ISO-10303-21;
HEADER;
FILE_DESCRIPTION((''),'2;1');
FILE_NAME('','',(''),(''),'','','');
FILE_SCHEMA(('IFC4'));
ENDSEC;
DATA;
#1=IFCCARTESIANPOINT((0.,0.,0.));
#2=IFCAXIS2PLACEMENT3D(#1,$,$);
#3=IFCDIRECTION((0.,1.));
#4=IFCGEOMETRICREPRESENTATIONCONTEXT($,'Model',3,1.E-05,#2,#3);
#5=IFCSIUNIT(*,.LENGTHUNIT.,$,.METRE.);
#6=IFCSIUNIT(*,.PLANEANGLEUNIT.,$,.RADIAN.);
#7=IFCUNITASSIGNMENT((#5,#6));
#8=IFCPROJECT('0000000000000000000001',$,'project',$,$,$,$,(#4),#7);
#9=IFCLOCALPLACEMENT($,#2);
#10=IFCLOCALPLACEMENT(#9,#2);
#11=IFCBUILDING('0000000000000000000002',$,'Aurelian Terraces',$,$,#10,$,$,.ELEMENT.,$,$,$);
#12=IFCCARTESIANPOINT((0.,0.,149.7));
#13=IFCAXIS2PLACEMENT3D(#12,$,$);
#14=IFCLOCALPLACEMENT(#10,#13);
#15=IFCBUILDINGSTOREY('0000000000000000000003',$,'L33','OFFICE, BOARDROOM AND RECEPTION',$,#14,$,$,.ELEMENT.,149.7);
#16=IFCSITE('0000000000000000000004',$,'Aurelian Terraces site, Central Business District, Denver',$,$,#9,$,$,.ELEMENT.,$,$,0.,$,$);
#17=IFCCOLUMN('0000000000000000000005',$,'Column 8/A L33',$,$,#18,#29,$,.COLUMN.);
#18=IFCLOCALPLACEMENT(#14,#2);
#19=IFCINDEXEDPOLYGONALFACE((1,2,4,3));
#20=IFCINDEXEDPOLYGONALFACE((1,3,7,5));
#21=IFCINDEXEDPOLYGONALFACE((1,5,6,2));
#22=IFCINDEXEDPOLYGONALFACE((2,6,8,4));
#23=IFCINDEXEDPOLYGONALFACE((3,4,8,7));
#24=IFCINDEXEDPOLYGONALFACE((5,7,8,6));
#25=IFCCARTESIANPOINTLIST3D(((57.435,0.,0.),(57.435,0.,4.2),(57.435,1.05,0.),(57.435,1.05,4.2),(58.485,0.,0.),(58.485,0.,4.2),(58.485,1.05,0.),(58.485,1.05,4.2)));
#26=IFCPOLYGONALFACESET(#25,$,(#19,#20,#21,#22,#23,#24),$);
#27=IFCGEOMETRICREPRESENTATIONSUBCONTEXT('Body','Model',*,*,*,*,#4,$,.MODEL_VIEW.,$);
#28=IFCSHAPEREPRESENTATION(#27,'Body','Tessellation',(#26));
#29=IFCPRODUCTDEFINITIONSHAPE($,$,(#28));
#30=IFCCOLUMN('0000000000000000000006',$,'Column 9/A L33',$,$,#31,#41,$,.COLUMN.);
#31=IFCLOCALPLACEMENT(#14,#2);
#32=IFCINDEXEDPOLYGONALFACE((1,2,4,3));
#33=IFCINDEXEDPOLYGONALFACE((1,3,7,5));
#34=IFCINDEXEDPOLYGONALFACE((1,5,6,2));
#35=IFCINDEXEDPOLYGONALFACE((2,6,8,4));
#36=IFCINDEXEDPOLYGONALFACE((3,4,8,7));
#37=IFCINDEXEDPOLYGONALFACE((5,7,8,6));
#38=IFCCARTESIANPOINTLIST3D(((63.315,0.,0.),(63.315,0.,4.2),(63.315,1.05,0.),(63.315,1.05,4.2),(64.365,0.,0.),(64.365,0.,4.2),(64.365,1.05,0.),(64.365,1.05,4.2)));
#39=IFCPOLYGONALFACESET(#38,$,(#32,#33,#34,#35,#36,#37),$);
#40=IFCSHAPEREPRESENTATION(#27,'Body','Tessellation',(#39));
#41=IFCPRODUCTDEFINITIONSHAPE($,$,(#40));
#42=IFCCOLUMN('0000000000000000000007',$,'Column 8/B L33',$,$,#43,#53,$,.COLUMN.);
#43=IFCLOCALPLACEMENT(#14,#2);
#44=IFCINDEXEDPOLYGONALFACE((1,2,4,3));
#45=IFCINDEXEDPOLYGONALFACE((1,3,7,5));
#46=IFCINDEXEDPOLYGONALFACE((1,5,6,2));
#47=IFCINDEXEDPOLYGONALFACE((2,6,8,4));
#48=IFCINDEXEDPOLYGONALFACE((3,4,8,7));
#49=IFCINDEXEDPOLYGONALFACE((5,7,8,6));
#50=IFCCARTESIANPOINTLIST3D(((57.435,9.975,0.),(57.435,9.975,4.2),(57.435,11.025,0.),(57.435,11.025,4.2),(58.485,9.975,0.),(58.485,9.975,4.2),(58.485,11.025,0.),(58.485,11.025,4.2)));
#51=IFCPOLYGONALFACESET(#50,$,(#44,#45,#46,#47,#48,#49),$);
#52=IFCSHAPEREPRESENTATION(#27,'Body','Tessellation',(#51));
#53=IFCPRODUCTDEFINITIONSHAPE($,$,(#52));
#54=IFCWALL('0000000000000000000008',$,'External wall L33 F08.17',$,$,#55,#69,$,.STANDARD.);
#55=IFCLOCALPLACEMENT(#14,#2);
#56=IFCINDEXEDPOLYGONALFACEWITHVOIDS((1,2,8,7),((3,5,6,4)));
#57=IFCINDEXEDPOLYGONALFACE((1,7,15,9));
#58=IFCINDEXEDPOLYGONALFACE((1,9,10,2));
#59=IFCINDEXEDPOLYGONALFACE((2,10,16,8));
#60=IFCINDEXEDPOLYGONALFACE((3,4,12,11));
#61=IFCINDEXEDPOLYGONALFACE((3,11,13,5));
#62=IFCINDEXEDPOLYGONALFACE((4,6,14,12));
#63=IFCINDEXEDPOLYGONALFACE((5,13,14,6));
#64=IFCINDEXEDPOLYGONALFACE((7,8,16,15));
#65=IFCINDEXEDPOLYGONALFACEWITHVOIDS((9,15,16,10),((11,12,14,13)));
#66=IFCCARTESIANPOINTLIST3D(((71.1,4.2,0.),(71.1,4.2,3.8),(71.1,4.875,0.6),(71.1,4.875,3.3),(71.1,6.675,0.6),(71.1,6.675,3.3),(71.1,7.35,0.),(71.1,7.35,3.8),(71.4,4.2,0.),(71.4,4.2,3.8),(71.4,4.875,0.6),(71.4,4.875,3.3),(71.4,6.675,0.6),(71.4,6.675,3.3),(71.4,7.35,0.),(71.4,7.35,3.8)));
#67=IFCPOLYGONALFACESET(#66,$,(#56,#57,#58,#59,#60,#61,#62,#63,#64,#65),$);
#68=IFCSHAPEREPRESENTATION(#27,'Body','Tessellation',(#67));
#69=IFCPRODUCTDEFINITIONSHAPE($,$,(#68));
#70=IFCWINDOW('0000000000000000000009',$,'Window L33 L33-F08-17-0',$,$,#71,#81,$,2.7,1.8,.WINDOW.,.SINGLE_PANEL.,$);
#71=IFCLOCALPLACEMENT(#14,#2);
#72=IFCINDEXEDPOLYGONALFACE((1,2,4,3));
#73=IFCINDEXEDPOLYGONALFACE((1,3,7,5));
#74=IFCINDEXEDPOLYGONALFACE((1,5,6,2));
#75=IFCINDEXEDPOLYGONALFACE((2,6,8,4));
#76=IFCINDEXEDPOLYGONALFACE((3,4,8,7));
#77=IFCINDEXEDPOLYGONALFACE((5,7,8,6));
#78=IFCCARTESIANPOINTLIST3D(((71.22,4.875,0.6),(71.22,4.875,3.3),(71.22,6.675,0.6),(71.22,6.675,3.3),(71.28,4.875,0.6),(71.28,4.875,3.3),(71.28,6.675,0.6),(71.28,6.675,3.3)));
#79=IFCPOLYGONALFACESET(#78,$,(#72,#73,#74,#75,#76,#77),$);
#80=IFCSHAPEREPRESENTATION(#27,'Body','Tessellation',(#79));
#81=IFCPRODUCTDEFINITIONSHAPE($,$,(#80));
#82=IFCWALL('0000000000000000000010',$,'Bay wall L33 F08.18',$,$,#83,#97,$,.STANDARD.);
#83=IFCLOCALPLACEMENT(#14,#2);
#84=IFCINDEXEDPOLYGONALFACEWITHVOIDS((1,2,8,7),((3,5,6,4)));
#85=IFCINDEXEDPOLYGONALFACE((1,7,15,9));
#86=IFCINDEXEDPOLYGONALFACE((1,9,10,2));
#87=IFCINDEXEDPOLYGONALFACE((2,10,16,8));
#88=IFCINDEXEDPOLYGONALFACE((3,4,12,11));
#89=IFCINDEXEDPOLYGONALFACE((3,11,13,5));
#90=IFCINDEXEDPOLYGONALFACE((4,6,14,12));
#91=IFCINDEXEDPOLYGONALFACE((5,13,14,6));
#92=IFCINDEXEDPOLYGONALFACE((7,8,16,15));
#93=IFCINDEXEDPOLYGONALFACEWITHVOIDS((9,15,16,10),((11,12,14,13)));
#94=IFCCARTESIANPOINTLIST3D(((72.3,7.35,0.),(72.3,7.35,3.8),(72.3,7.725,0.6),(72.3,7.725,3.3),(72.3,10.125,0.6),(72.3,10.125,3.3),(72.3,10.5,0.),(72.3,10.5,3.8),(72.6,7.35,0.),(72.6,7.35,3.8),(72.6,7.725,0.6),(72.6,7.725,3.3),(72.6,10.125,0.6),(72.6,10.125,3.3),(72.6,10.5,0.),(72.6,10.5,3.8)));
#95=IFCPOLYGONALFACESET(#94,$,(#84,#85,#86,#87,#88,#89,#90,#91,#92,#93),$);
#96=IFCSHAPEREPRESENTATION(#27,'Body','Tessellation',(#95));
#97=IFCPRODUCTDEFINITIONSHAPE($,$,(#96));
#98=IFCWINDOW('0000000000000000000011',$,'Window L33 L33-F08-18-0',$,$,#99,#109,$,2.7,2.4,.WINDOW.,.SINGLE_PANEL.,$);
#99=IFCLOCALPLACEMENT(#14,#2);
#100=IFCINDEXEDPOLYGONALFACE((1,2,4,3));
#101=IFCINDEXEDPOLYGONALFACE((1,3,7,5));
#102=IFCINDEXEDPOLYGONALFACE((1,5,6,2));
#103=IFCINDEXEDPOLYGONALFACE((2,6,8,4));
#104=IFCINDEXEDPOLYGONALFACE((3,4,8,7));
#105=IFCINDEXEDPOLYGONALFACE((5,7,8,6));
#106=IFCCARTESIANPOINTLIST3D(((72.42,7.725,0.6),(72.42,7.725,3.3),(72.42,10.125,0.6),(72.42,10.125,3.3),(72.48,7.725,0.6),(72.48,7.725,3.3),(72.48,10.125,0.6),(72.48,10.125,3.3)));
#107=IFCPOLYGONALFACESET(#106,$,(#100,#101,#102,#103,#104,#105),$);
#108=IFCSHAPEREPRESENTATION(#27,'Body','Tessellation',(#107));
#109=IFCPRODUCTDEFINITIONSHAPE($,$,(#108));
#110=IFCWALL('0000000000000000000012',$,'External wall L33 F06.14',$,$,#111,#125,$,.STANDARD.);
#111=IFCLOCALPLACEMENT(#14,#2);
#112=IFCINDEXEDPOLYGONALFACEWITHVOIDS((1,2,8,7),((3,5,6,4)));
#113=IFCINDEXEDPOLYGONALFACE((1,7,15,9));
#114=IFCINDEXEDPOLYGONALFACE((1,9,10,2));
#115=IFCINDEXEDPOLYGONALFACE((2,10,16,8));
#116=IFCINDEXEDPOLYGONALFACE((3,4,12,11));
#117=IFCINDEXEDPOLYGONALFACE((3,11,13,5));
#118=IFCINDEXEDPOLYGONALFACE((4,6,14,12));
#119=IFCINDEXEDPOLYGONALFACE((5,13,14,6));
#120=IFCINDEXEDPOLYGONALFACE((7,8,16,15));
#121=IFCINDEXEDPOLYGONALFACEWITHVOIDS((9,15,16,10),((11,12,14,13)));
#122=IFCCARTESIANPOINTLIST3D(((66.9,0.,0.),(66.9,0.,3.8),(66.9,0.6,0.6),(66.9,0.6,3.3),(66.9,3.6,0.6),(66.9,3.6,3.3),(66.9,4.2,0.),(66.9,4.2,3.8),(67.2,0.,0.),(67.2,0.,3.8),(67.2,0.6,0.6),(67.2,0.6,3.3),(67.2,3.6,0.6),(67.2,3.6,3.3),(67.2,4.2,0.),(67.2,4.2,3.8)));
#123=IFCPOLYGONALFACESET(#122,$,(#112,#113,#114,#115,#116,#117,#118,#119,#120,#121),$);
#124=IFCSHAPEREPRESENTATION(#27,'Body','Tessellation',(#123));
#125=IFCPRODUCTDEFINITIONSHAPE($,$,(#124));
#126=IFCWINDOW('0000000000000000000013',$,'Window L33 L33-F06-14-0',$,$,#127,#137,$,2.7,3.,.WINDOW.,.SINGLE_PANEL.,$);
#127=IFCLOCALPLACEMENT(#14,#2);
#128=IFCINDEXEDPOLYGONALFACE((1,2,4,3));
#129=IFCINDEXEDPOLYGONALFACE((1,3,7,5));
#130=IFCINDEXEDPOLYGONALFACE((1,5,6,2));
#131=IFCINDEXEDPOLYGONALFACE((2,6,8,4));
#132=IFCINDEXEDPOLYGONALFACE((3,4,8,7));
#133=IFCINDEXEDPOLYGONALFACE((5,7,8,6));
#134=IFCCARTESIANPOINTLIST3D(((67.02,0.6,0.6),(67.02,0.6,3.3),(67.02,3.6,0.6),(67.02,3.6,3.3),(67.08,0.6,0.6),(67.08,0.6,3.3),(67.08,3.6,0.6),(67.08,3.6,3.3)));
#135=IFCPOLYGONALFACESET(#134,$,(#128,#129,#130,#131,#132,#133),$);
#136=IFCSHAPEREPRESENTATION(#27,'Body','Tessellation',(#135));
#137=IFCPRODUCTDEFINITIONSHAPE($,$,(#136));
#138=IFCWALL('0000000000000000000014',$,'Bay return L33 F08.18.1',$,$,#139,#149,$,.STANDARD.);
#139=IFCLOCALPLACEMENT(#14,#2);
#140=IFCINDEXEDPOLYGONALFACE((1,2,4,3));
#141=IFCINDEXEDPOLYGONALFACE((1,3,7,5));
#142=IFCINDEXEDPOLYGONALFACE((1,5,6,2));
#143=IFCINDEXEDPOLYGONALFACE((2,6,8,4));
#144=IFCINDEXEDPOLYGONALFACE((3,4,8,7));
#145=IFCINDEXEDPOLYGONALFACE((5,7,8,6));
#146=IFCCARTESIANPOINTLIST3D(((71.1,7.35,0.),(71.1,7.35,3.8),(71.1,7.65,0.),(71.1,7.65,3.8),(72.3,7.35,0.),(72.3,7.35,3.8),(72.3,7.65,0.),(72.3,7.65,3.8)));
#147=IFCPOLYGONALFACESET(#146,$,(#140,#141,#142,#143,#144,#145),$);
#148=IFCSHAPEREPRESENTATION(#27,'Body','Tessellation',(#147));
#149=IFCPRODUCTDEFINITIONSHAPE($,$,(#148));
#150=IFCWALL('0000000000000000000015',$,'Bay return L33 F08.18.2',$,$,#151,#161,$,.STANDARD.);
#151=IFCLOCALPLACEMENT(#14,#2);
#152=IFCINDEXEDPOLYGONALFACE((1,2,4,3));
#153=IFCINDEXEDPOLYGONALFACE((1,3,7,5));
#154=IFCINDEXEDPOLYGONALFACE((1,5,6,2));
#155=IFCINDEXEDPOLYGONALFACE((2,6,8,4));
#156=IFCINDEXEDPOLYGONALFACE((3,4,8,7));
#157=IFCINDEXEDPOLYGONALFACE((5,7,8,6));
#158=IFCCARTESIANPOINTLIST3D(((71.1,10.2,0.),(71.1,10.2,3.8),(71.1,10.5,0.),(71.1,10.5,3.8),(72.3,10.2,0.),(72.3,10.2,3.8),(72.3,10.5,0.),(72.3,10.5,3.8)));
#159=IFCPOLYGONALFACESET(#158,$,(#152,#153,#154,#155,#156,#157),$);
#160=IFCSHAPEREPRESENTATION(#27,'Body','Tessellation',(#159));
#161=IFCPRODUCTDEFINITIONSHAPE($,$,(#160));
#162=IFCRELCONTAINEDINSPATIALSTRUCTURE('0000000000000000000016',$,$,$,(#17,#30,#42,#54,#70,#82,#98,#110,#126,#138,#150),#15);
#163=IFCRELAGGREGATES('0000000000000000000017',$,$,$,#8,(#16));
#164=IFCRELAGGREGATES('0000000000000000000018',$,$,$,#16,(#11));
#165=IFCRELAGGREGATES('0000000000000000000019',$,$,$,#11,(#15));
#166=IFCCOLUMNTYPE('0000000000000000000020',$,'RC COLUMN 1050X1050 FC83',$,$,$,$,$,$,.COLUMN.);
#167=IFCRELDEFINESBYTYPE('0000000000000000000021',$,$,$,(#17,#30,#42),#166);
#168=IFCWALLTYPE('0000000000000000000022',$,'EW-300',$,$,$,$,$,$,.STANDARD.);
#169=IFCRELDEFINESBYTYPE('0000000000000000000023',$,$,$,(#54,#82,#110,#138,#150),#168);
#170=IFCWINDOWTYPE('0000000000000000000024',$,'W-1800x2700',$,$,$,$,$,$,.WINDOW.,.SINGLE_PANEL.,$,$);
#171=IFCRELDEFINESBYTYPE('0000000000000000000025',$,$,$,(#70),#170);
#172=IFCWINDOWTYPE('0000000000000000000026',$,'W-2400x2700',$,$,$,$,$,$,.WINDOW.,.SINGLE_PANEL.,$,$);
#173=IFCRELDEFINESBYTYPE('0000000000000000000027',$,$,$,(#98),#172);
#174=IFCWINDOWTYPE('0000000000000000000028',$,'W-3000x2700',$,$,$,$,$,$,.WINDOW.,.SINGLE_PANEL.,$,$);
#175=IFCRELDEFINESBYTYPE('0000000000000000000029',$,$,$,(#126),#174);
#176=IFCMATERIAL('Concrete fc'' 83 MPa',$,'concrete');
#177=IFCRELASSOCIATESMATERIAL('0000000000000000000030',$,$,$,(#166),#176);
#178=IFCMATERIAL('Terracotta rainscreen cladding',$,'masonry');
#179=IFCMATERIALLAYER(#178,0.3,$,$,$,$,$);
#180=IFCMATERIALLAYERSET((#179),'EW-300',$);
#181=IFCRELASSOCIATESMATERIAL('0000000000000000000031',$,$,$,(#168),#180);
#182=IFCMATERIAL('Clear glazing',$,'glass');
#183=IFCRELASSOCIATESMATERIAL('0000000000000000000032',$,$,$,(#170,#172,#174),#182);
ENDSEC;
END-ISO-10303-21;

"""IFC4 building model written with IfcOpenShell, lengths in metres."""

from ifc_helpers import new_model, si_unit, direction, frame, frame_2d, origin, origin_2d, place, context, subcontext, project, spatial, rectangle, extrude, source, transform, mapped, material, layer, layer_set, material_profile, profile_set, type_object, element, fill, save


model = new_model("IFC4")

# Units and contexts
model_context = context("Model", 3, precision=1e-05, world=origin(), true_north=direction((0.0, 1.0)))
body_context = subcontext(model_context, "Body", "Model", "MODEL_VIEW")
ifc_project = project(units=[si_unit("LENGTHUNIT", "METRE"), si_unit("PLANEANGLEUNIT", "RADIAN")], contexts=[model_context])

# Site, building, storey
site_placement = place(None, origin())
site = spatial("IfcSite", under=ifc_project, at=site_placement, Name="Aurelian Terraces site, Central Business District, Denver", CompositionType="ELEMENT", RefElevation=0.0)
building_placement = place(site_placement, origin())
building = spatial("IfcBuilding", under=site, at=building_placement, Name="Aurelian Terraces", CompositionType="ELEMENT")
storey_placement = place(building_placement, frame((0.0, 0.0, 149.7)))
storey = spatial("IfcBuildingStorey", under=building, at=storey_placement, Name="L33", Description="OFFICE, BOARDROOM AND RECEPTION", CompositionType="ELEMENT", Elevation=149.7)

# Columns
ifc_material_1 = material(Name="Concrete fc' 83 MPa", Category="concrete")
ifc_material_profile = material_profile(ifc_material_1, rectangle(XDim=1.05, YDim=1.05, at=origin_2d()))
ifc_profile_set = profile_set([ifc_material_profile], Name="Concrete fc' 83 MPa")
column_type = type_object("IfcColumnType", Name="RC COLUMN 1050X1050 FC83", PredefinedType="COLUMN", material=ifc_profile_set)
shared_shape_1 = source(origin(), body_context, "Body", "SweptSolid", [
    extrude(rectangle(XDim=1.05, YDim=1.05, at=origin_2d()), origin(), (0.0, 0.0, 1.0), 4.2),
])
for number, where, z_axis, x_axis, name in (
    (1, (57.96, 0.525, 0.0), (0.0, 0.0, 1.0), (1.0, 0.0, 0.0), "Column 8/A L33"),
    (2, (63.84, 0.525, 0.0), (0.0, 0.0, 1.0), (1.0, 0.0, 0.0), "Column 9/A L33"),
    (3, (57.96, 10.5, 0.0), (0.0, 0.0, 1.0), (1.0, 0.0, 0.0), "Column 8/B L33"),
):
    element("IfcColumn", number, at=place(storey_placement, frame(where, z_axis=z_axis, x_axis=x_axis)), inside=storey, type_object=column_type, Name=name, PredefinedType="COLUMN", context=body_context, shape_type="MappedRepresentation", body=[
        mapped(shared_shape_1, transform((0.0, 0.0, 0.0), scale=1.0)),
    ])

# Walls, openings, windows
ifc_material_2 = material(Name="Terracotta rainscreen cladding", Category="masonry")
ifc_layer_1 = layer(ifc_material_2, 0.3)
ifc_layer_set_1 = layer_set([ifc_layer_1], Name="EW-300")
wall_type_1 = type_object("IfcWallType", Name="EW-300", PredefinedType="STANDARD", material=ifc_layer_set_1)
shared_shape_2 = source(origin(), body_context, "Body", "SweptSolid", [
    extrude(rectangle(XDim=3.15, YDim=0.3, at=frame_2d((1.575, 0.0))), origin(), (0.0, 0.0, 1.0), 3.8),
])
wall_1_placement = place(storey_placement, frame((71.25, 4.2, 0.0), z_axis=(0.0, 0.0, 1.0), x_axis=(0.0, 1.0, 0.0)))
wall_1 = element("IfcWall", 4, at=wall_1_placement, inside=storey, type_object=wall_type_1, Name="External wall L33 F08.17", PredefinedType="STANDARD", context=body_context, shape_type="MappedRepresentation", body=[
    mapped(shared_shape_2, transform((0.0, 0.0, 0.0), scale=1.0)),
])
shared_shape_3 = source(origin(), body_context, "Body", "SweptSolid", [
    extrude(rectangle(XDim=1.8, YDim=2.7, at=frame_2d((0.9, 1.35))), frame((0.0, 0.16, 0.0), z_axis=(0.0, -1.0, 0.0), x_axis=(1.0, 0.0, 0.0)), (0.0, 0.0, 1.0), 0.32),
])
opening_1_placement = place(wall_1_placement, frame((0.675, 0.0, 0.6)))
opening_1 = element("IfcOpeningElement", 5, at=opening_1_placement, cuts=wall_1, PredefinedType="OPENING", context=body_context, shape_type="MappedRepresentation", body=[
    mapped(shared_shape_3, transform((0.0, 0.0, 0.0), scale=1.0)),
])
ifc_material_3 = material(Name="Clear glazing", Category="glass")
window_type_1 = type_object("IfcWindowType", Name="W-1800x2700", PartitioningType="SINGLE_PANEL", PredefinedType="WINDOW", material=ifc_material_3)
shared_shape_4 = source(origin(), body_context, "Body", "SweptSolid", [
    extrude(rectangle(XDim=1.8, YDim=2.7, at=frame_2d((0.9, 1.35))), frame((0.0, 0.03, 0.0), z_axis=(0.0, -1.0, 0.0), x_axis=(1.0, 0.0, 0.0)), (0.0, 0.0, 1.0), 0.06),
])
window_1_placement = place(opening_1_placement, origin())
window_1 = element("IfcWindow", 6, at=window_1_placement, inside=storey, type_object=window_type_1, Name="Window L33 L33-F08-17-0", OverallHeight=2.7, OverallWidth=1.8, PartitioningType="SINGLE_PANEL", PredefinedType="WINDOW", context=body_context, shape_type="MappedRepresentation", body=[
    mapped(shared_shape_4, transform((0.0, 0.0, 0.0), scale=1.0)),
])
fill(opening_1, window_1)
wall_2_placement = place(storey_placement, frame((72.45, 7.35, 0.0), z_axis=(0.0, 0.0, 1.0), x_axis=(0.0, 1.0, 0.0)))
wall_2 = element("IfcWall", 7, at=wall_2_placement, inside=storey, type_object=wall_type_1, Name="Bay wall L33 F08.18", PredefinedType="STANDARD", context=body_context, shape_type="MappedRepresentation", body=[
    mapped(shared_shape_2, transform((0.0, 0.0, 0.0), scale=1.0)),
])
shared_shape_5 = source(origin(), body_context, "Body", "SweptSolid", [
    extrude(rectangle(XDim=2.4, YDim=2.7, at=frame_2d((1.2, 1.35))), frame((0.0, 0.16, 0.0), z_axis=(0.0, -1.0, 0.0), x_axis=(1.0, 0.0, 0.0)), (0.0, 0.0, 1.0), 0.32),
])
opening_2_placement = place(wall_2_placement, frame((0.375, 0.0, 0.6)))
opening_2 = element("IfcOpeningElement", 8, at=opening_2_placement, cuts=wall_2, PredefinedType="OPENING", context=body_context, shape_type="MappedRepresentation", body=[
    mapped(shared_shape_5, transform((0.0, 0.0, 0.0), scale=1.0)),
])
window_type_2 = type_object("IfcWindowType", Name="W-2400x2700", PartitioningType="SINGLE_PANEL", PredefinedType="WINDOW", material=ifc_material_3)
shared_shape_6 = source(origin(), body_context, "Body", "SweptSolid", [
    extrude(rectangle(XDim=2.4, YDim=2.7, at=frame_2d((1.2, 1.35))), frame((0.0, 0.03, 0.0), z_axis=(0.0, -1.0, 0.0), x_axis=(1.0, 0.0, 0.0)), (0.0, 0.0, 1.0), 0.06),
])
window_2_placement = place(opening_2_placement, origin())
window_2 = element("IfcWindow", 9, at=window_2_placement, inside=storey, type_object=window_type_2, Name="Window L33 L33-F08-18-0", OverallHeight=2.7, OverallWidth=2.4, PartitioningType="SINGLE_PANEL", PredefinedType="WINDOW", context=body_context, shape_type="MappedRepresentation", body=[
    mapped(shared_shape_6, transform((0.0, 0.0, 0.0), scale=1.0)),
])
fill(opening_2, window_2)
shared_shape_7 = source(origin(), body_context, "Body", "SweptSolid", [
    extrude(rectangle(XDim=4.2, YDim=0.3, at=frame_2d((2.1, 0.0))), origin(), (0.0, 0.0, 1.0), 3.8),
])
wall_3_placement = place(storey_placement, frame((67.05, 0.0, 0.0), z_axis=(0.0, 0.0, 1.0), x_axis=(0.0, 1.0, 0.0)))
wall_3 = element("IfcWall", 10, at=wall_3_placement, inside=storey, type_object=wall_type_1, Name="External wall L33 F06.14", PredefinedType="STANDARD", context=body_context, shape_type="MappedRepresentation", body=[
    mapped(shared_shape_7, transform((0.0, 0.0, 0.0), scale=1.0)),
])
shared_shape_8 = source(origin(), body_context, "Body", "SweptSolid", [
    extrude(rectangle(XDim=3.0, YDim=2.7, at=frame_2d((1.5, 1.35))), frame((0.0, 0.16, 0.0), z_axis=(0.0, -1.0, 0.0), x_axis=(1.0, 0.0, 0.0)), (0.0, 0.0, 1.0), 0.32),
])
opening_3_placement = place(wall_3_placement, frame((0.6, 0.0, 0.6)))
opening_3 = element("IfcOpeningElement", 11, at=opening_3_placement, cuts=wall_3, PredefinedType="OPENING", context=body_context, shape_type="MappedRepresentation", body=[
    mapped(shared_shape_8, transform((0.0, 0.0, 0.0), scale=1.0)),
])
window_type_3 = type_object("IfcWindowType", Name="W-3000x2700", PartitioningType="SINGLE_PANEL", PredefinedType="WINDOW", material=ifc_material_3)
shared_shape_9 = source(origin(), body_context, "Body", "SweptSolid", [
    extrude(rectangle(XDim=3.0, YDim=2.7, at=frame_2d((1.5, 1.35))), frame((0.0, 0.03, 0.0), z_axis=(0.0, -1.0, 0.0), x_axis=(1.0, 0.0, 0.0)), (0.0, 0.0, 1.0), 0.06),
])
window_3_placement = place(opening_3_placement, origin())
window_3 = element("IfcWindow", 12, at=window_3_placement, inside=storey, type_object=window_type_3, Name="Window L33 L33-F06-14-0", OverallHeight=2.7, OverallWidth=3.0, PartitioningType="SINGLE_PANEL", PredefinedType="WINDOW", context=body_context, shape_type="MappedRepresentation", body=[
    mapped(shared_shape_9, transform((0.0, 0.0, 0.0), scale=1.0)),
])
fill(opening_3, window_3)

# Walls
shared_shape_10 = source(origin(), body_context, "Body", "SweptSolid", [
    extrude(rectangle(XDim=1.2, YDim=0.3, at=frame_2d((0.6, 0.0))), origin(), (0.0, 0.0, 1.0), 3.8),
])
for number, where, z_axis, x_axis, name in (
    (13, (71.1, 7.5, 0.0), (0.0, 0.0, 1.0), (1.0, 0.0, 0.0), "Bay return L33 F08.18.1"),
    (14, (71.1, 10.35, 0.0), (0.0, 0.0, 1.0), (1.0, 0.0, 0.0), "Bay return L33 F08.18.2"),
):
    element("IfcWall", number, at=place(storey_placement, frame(where, z_axis=z_axis, x_axis=x_axis)), inside=storey, type_object=wall_type_1, Name=name, PredefinedType="STANDARD", context=body_context, shape_type="MappedRepresentation", body=[
        mapped(shared_shape_10, transform((0.0, 0.0, 0.0), scale=1.0)),
    ])

save(model, "model.ifc")
